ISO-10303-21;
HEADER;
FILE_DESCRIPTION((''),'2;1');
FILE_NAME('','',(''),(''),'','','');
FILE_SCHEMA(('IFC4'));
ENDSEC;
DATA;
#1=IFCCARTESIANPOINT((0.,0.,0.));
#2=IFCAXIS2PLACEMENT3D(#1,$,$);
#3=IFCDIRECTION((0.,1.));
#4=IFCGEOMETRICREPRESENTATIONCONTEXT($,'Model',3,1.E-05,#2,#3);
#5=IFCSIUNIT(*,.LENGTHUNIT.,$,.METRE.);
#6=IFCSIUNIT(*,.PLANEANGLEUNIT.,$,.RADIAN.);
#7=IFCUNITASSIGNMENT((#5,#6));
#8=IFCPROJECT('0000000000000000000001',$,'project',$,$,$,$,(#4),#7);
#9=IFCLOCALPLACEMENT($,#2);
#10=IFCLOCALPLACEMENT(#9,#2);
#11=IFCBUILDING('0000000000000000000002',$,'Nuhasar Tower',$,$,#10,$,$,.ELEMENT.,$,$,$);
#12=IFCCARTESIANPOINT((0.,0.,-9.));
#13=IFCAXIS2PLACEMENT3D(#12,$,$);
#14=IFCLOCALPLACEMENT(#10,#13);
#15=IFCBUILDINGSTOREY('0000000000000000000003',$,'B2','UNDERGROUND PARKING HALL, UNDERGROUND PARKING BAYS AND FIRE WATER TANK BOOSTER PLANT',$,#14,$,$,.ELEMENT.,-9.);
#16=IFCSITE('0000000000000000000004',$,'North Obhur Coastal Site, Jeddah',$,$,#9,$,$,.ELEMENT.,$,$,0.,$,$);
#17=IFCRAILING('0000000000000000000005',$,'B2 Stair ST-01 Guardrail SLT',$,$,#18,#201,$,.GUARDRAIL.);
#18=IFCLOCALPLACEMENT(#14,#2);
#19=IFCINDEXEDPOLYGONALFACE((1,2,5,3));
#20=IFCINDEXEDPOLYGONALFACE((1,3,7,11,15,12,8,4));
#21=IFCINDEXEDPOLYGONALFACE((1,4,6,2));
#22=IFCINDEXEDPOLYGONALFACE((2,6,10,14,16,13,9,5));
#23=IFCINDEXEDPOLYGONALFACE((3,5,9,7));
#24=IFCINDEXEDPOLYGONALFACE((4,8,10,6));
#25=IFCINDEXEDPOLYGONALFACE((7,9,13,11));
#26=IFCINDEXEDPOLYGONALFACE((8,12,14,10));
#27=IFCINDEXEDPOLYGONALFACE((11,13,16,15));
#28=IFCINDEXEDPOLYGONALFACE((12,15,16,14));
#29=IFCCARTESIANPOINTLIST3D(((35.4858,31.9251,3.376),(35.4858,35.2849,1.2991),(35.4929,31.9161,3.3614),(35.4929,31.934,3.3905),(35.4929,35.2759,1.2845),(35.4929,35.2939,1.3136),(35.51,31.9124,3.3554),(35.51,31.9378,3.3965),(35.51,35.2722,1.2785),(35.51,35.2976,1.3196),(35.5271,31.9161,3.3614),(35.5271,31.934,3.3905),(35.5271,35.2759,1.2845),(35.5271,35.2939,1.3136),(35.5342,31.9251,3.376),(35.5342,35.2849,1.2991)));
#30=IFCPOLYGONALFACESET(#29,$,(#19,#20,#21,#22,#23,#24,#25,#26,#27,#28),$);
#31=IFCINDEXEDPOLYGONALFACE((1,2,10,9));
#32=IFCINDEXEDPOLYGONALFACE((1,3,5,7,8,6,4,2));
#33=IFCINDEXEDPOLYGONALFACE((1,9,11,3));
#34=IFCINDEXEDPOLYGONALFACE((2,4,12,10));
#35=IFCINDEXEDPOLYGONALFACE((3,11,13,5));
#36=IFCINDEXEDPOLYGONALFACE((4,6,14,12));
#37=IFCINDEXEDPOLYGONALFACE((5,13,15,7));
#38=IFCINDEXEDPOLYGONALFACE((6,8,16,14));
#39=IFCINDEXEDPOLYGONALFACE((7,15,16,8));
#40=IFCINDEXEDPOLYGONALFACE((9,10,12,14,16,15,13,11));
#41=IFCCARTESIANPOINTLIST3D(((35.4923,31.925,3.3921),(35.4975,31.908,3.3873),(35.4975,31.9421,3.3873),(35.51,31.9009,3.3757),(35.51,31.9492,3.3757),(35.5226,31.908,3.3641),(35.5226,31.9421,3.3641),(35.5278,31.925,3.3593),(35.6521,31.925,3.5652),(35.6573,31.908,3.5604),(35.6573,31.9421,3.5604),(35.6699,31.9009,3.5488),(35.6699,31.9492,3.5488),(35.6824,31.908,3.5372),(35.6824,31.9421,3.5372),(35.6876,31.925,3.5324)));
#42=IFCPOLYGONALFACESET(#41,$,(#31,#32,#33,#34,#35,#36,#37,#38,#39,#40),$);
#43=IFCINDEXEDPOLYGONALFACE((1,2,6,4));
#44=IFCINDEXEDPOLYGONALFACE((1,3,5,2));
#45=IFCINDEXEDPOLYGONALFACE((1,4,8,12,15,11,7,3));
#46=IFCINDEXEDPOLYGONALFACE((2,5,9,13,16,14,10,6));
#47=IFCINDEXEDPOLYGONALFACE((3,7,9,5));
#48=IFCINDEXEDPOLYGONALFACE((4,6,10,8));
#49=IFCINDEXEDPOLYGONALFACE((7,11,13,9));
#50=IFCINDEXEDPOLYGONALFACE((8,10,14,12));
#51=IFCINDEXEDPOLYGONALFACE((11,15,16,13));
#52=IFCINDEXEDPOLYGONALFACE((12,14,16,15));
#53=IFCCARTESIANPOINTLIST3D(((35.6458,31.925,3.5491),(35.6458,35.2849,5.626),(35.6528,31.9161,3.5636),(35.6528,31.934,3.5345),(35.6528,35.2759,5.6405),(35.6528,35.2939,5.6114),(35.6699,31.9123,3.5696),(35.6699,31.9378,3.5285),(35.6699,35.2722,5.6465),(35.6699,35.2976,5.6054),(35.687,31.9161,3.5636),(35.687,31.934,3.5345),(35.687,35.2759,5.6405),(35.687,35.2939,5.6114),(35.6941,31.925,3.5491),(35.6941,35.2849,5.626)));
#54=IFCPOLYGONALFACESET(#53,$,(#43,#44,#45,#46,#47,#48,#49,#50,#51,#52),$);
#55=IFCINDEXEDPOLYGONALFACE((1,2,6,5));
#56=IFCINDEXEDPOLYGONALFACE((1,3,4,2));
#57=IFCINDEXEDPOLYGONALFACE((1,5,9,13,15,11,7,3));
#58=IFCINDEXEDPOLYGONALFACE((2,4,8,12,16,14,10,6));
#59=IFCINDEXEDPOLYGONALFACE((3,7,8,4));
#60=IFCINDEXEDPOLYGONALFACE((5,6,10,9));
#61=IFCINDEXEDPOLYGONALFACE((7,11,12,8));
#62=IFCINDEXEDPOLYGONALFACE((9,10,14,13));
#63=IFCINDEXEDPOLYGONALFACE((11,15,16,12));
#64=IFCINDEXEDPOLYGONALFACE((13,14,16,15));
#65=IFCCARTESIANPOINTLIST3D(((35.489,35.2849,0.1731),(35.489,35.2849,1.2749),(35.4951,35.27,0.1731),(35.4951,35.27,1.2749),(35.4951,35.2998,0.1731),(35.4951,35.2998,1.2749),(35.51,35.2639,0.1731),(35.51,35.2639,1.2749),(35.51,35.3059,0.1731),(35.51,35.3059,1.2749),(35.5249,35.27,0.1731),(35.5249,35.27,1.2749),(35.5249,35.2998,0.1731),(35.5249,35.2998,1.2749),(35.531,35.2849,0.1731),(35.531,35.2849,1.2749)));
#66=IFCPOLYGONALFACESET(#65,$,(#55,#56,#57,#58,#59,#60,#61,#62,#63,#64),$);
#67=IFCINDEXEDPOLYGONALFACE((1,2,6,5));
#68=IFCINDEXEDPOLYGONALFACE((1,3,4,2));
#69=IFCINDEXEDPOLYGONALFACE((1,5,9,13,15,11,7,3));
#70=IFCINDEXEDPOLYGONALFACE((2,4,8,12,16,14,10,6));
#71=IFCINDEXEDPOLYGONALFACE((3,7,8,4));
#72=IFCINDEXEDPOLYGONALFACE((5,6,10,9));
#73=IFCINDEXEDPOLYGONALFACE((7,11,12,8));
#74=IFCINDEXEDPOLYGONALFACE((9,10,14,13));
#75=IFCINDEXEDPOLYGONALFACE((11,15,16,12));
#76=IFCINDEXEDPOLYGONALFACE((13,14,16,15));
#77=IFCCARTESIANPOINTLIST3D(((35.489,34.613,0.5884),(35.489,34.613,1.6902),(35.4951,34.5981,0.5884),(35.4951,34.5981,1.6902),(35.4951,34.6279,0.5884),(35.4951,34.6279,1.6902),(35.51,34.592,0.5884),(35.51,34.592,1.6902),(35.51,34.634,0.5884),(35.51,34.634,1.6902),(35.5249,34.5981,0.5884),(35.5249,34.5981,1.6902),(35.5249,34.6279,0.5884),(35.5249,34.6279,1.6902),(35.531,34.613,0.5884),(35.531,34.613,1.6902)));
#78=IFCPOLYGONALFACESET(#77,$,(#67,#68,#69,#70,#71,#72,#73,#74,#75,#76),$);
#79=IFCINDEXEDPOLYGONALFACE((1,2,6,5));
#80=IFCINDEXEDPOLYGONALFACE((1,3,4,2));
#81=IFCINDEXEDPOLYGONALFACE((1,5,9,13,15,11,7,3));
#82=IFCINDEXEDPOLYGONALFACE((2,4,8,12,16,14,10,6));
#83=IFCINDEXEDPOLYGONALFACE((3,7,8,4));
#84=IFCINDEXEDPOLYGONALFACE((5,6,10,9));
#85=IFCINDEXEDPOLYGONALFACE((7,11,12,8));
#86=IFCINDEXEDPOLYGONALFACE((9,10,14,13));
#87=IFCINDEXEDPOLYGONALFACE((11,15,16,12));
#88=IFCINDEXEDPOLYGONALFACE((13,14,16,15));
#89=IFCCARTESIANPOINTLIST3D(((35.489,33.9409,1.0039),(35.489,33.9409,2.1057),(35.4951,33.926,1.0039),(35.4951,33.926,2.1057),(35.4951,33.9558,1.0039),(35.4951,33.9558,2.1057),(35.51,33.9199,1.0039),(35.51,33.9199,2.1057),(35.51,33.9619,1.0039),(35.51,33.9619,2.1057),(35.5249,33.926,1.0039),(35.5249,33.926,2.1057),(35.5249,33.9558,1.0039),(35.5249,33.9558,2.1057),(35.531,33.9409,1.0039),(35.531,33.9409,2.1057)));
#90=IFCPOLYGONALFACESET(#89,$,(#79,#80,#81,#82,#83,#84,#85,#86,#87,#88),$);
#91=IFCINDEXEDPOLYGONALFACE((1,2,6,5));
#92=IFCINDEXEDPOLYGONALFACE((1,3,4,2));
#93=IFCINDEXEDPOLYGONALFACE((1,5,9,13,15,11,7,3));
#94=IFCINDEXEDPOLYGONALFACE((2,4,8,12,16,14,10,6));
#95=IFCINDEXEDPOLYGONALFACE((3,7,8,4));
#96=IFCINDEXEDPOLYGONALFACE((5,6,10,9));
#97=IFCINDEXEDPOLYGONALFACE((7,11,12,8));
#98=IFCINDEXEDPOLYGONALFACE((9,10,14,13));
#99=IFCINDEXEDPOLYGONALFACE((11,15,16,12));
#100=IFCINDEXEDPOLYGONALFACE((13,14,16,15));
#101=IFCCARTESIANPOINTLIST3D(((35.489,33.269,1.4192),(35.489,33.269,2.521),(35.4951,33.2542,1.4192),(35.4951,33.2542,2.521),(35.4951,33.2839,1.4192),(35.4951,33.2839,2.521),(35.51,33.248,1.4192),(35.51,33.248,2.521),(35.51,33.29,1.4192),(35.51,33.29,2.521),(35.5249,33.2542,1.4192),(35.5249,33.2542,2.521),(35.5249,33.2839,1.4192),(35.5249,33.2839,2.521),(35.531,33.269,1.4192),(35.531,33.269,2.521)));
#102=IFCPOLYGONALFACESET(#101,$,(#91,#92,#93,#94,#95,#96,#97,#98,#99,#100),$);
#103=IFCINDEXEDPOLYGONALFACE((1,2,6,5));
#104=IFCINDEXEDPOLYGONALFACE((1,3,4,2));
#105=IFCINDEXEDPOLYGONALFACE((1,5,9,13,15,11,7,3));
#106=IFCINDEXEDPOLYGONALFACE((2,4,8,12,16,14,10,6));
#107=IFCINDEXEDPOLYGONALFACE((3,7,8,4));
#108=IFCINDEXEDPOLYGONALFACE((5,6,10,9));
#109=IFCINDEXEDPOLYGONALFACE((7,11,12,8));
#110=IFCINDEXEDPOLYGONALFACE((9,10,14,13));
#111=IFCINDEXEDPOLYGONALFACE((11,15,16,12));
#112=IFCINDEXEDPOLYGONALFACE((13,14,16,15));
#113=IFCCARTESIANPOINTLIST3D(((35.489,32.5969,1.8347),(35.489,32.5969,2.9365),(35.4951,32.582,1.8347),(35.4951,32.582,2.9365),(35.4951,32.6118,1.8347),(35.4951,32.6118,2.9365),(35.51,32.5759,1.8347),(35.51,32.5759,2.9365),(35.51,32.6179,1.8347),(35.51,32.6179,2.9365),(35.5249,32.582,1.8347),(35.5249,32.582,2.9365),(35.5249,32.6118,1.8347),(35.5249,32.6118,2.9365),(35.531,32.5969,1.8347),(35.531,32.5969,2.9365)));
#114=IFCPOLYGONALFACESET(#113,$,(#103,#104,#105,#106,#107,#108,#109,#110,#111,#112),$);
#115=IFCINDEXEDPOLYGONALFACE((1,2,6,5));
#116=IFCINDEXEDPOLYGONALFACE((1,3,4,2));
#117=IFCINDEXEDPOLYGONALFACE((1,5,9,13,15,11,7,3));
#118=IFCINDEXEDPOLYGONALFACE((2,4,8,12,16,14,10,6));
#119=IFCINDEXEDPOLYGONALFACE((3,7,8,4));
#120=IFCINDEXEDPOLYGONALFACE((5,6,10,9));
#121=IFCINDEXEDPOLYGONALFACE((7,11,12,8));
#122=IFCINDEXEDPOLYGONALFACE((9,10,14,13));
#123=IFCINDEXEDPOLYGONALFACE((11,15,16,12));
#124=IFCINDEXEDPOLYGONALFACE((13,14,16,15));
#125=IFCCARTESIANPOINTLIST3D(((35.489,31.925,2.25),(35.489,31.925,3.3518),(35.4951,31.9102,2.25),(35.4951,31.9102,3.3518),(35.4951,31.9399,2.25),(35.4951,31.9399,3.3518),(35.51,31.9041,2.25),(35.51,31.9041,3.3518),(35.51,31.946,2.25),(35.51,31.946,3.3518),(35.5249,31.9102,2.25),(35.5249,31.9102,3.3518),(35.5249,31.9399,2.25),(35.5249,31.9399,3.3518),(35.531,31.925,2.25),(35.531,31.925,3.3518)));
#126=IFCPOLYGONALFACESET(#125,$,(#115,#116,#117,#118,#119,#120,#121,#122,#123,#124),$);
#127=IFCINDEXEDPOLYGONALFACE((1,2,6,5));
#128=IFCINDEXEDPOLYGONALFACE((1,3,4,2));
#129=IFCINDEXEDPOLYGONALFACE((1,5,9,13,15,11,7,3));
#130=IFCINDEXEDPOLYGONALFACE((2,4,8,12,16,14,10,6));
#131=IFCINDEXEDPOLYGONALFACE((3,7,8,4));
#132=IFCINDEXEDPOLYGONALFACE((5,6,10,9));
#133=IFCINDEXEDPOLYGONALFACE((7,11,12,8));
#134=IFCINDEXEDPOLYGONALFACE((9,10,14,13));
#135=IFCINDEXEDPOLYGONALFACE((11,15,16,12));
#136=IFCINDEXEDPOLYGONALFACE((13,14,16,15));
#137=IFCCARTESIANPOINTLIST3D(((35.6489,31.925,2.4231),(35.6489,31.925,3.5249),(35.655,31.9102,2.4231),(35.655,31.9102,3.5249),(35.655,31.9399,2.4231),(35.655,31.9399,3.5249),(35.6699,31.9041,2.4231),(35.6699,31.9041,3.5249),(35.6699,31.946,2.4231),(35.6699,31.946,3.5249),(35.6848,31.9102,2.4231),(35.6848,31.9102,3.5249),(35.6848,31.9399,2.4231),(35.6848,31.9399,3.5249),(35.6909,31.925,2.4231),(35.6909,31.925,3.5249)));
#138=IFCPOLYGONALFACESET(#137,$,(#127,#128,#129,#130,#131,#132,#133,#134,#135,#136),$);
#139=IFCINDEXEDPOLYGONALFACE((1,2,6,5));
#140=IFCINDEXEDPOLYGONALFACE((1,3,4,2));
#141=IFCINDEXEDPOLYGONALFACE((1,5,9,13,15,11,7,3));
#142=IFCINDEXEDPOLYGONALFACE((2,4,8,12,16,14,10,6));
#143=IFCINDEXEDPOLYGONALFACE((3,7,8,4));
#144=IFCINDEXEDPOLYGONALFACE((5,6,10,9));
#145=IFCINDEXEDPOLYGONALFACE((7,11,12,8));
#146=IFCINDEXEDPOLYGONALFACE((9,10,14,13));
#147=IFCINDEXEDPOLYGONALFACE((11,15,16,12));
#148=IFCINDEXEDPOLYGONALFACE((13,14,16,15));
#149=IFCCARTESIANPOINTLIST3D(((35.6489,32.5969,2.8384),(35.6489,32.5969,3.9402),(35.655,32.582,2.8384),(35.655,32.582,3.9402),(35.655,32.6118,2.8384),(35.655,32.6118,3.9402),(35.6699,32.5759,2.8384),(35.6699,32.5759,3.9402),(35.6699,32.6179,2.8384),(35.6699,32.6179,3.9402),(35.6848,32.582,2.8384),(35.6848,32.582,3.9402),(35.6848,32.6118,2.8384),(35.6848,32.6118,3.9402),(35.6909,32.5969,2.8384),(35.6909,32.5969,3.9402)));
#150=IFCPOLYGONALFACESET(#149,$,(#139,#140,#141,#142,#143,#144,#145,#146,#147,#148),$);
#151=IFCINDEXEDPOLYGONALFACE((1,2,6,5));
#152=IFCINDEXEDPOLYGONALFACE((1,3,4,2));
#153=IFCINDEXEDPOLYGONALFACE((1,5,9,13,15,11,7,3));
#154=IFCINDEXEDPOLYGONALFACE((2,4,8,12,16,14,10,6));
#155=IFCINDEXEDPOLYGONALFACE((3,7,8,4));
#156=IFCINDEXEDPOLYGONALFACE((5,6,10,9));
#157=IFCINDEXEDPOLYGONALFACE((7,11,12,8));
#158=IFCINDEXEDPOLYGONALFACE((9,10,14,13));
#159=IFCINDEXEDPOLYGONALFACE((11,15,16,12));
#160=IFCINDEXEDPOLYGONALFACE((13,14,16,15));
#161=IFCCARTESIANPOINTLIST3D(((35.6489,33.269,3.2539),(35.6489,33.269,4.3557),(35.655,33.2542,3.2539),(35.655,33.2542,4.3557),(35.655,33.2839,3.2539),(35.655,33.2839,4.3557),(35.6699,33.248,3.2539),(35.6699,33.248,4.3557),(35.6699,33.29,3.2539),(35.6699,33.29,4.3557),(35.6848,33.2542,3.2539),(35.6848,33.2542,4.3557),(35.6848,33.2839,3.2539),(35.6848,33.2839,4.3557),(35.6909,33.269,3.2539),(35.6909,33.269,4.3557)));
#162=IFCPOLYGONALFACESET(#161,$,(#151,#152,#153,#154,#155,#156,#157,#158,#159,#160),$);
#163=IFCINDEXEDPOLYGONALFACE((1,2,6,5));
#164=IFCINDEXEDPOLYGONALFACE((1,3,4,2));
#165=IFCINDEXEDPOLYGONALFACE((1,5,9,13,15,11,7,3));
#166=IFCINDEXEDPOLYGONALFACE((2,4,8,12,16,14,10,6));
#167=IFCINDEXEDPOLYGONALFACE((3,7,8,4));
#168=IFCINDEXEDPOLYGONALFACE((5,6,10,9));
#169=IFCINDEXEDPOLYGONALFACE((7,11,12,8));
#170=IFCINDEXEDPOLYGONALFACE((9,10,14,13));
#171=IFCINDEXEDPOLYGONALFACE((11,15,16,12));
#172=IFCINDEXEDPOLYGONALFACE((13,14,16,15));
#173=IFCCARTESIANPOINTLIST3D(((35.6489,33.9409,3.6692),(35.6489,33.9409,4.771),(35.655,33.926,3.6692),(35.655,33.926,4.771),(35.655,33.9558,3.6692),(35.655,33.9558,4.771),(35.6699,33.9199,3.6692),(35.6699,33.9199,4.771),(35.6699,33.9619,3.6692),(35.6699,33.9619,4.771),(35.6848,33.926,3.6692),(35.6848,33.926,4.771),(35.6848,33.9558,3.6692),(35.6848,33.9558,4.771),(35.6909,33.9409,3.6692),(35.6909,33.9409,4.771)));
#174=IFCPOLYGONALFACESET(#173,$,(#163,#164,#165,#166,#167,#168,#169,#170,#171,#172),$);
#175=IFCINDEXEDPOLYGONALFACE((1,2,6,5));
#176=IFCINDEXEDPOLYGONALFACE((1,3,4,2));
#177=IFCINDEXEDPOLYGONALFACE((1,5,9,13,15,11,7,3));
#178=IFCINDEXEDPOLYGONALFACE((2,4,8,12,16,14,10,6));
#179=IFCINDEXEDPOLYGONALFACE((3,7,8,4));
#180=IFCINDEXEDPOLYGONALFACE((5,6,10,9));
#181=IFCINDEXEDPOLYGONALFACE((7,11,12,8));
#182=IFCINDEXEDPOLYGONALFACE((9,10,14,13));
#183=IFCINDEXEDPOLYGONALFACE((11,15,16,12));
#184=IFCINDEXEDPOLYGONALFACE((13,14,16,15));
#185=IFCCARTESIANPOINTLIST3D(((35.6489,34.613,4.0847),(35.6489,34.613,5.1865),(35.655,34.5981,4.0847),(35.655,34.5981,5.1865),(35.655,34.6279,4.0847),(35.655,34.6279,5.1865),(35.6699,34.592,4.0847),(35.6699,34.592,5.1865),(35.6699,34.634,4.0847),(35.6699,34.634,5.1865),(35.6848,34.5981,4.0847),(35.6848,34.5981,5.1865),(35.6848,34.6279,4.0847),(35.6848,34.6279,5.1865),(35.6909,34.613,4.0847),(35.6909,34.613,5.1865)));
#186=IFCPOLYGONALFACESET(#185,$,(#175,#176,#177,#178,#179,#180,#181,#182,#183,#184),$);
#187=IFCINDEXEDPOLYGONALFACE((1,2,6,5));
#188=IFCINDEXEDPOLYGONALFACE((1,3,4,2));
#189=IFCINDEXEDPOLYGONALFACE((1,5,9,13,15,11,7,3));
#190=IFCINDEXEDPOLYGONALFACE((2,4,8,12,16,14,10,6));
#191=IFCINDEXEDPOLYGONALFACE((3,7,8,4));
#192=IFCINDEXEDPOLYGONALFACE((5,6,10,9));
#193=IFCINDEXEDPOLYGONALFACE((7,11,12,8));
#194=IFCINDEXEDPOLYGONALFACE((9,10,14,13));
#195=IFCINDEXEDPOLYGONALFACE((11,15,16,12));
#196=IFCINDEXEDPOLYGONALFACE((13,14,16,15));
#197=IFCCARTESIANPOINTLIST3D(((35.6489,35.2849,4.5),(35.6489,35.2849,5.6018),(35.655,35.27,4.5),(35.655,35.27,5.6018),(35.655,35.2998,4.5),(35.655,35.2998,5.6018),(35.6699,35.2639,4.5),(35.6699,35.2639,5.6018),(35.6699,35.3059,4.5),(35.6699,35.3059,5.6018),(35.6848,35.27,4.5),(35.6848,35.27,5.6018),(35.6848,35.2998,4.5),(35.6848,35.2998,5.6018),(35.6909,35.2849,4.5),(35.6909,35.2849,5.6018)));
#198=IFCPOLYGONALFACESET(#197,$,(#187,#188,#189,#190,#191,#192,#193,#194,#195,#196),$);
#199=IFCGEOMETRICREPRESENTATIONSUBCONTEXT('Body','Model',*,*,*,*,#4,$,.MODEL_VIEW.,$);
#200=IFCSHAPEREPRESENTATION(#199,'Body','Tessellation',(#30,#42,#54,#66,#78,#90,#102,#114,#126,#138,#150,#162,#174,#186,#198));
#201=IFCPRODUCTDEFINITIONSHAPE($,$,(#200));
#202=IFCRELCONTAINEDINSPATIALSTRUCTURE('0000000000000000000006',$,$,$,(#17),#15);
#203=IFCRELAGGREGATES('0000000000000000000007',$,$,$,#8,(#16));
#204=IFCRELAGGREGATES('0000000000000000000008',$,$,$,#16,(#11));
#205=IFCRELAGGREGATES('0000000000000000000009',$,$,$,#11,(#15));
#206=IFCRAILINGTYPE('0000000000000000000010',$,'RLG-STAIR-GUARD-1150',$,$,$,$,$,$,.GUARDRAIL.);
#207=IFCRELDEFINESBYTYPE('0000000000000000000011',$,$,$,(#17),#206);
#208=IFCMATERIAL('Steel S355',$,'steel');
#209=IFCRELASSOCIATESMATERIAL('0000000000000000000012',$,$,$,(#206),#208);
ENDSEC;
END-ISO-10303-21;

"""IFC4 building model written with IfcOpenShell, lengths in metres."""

from ifc_helpers import new_model, si_unit, direction, frame, origin, place, context, subcontext, project, spatial, polyline, outline, extrude, material, type_object, element, save


model = new_model("IFC4")

# Units and contexts
model_context = context("Model", 3, precision=1e-05, world=origin(), true_north=direction((0.0, 1.0)))
body_context = subcontext(model_context, "Body", "Model", "MODEL_VIEW")
ifc_project = project(units=[si_unit("LENGTHUNIT", "METRE"), si_unit("PLANEANGLEUNIT", "RADIAN")], contexts=[model_context])

# Site, building, storey
site_placement = place(None, origin())
site = spatial("IfcSite", under=ifc_project, at=site_placement, Name="North Obhur Coastal Site, Jeddah", CompositionType="ELEMENT", RefElevation=0.0)
building_placement = place(site_placement, origin())
building = spatial("IfcBuilding", under=site, at=building_placement, Name="Nuhasar Tower", CompositionType="ELEMENT")
storey_placement = place(building_placement, frame((0.0, 0.0, -9.0)))
storey = spatial("IfcBuildingStorey", under=building, at=storey_placement, Name="B2", Description="UNDERGROUND PARKING HALL, UNDERGROUND PARKING BAYS AND FIRE WATER TANK BOOSTER PLANT", CompositionType="ELEMENT", Elevation=-9.0)

# Shared definitions
ifc_material_1 = material(Name="Steel S355", Category="steel")

# Railing
railing_type_1 = type_object("IfcRailingType", Name="RLG-STAIR-GUARD-1150", PredefinedType="GUARDRAIL", material=ifc_material_1)
railing_1_placement = place(storey_placement, frame((35.51, 35.2849, 0.1731)))
element("IfcRailing", 1, at=railing_1_placement, inside=storey, type_object=railing_type_1, Name="B2 Stair ST-01 Guardrail SLT", PredefinedType="GUARDRAIL", context=body_context, shape_type="SweptSolid", body=[
    extrude(outline(polyline([(0.0242, 0.0), (0.0171, 0.0171), (0.0, 0.0242), (-0.0171, 0.0171), (-0.0242, 0.0), (-0.0171, -0.0171), (0.0, -0.0242), (0.0171, -0.0171), (0.0242, 0.0)])), frame((0.0, 0.0, 1.126), z_axis=(0.0, -0.850606, 0.525803), x_axis=(1.0, 0.0, 0.0)), (0.0, 0.0, 1.0), 3.95),
    extrude(outline(polyline([(0.0242, 0.0), (0.0171, 0.0171), (0.0, 0.0242), (-0.0171, 0.0171), (-0.0242, 0.0), (-0.0171, -0.0171), (0.0, -0.0242), (0.0171, -0.0171), (0.0242, 0.0)])), frame((0.0, -3.3599, 3.2026), z_axis=(0.678581, 0.0, 0.734525), x_axis=(0.0, 1.0, 0.0)), (0.0, 0.0, 1.0), 0.2356),
    extrude(outline(polyline([(0.0242, 0.0), (0.0171, 0.0171), (0.0, 0.0242), (-0.0171, 0.0171), (-0.0242, 0.0), (-0.0171, -0.0171), (0.0, -0.0242), (0.0171, -0.0171), (0.0242, 0.0)])), frame((0.1599, -3.3599, 3.376), z_axis=(0.0, 0.850606, 0.525803), x_axis=(-1.0, 0.0, 0.0)), (0.0, 0.0, 1.0), 3.95),
    extrude(outline(polyline([(0.021, 0.0), (0.0149, 0.0149), (0.0, 0.021), (-0.0149, 0.0149), (-0.021, 0.0), (-0.0149, -0.0149), (0.0, -0.021), (0.0149, -0.0149), (0.021, 0.0)])), origin(), (0.0, 0.0, 1.0), 1.1018),
    extrude(outline(polyline([(0.021, 0.0), (0.0149, 0.0149), (0.0, 0.021), (-0.0149, 0.0149), (-0.021, 0.0), (-0.0149, -0.0149), (0.0, -0.021), (0.0149, -0.0149), (0.021, 0.0)])), frame((0.0, -0.6719, 0.4153)), (0.0, 0.0, 1.0), 1.1018),
    extrude(outline(polyline([(0.021, 0.0), (0.0149, 0.0149), (0.0, 0.021), (-0.0149, 0.0149), (-0.021, 0.0), (-0.0149, -0.0149), (0.0, -0.021), (0.0149, -0.0149), (0.021, 0.0)])), frame((0.0, -1.344, 0.8308)), (0.0, 0.0, 1.0), 1.1018),
    extrude(outline(polyline([(0.021, 0.0), (0.0149, 0.0149), (0.0, 0.021), (-0.0149, 0.0149), (-0.021, 0.0), (-0.0149, -0.0149), (0.0, -0.021), (0.0149, -0.0149), (0.021, 0.0)])), frame((0.0, -2.0159, 1.2461)), (0.0, 0.0, 1.0), 1.1018),
    extrude(outline(polyline([(0.021, 0.0), (0.0149, 0.0149), (0.0, 0.021), (-0.0149, 0.0149), (-0.021, 0.0), (-0.0149, -0.0149), (0.0, -0.021), (0.0149, -0.0149), (0.021, 0.0)])), frame((0.0, -2.688, 1.6616)), (0.0, 0.0, 1.0), 1.1018),
    extrude(outline(polyline([(0.021, 0.0), (0.0149, 0.0149), (0.0, 0.021), (-0.0149, 0.0149), (-0.021, 0.0), (-0.0149, -0.0149), (0.0, -0.021), (0.0149, -0.0149), (0.021, 0.0)])), frame((0.0, -3.3599, 2.0769)), (0.0, 0.0, 1.0), 1.1018),
    extrude(outline(polyline([(0.021, 0.0), (0.0149, 0.0149), (0.0, 0.021), (-0.0149, 0.0149), (-0.021, 0.0), (-0.0149, -0.0149), (0.0, -0.021), (0.0149, -0.0149), (0.021, 0.0)])), frame((0.1599, -3.3599, 2.25)), (0.0, 0.0, 1.0), 1.1018),
    extrude(outline(polyline([(0.021, 0.0), (0.0149, 0.0149), (0.0, 0.021), (-0.0149, 0.0149), (-0.021, 0.0), (-0.0149, -0.0149), (0.0, -0.021), (0.0149, -0.0149), (0.021, 0.0)])), frame((0.1599, -2.688, 2.6653)), (0.0, 0.0, 1.0), 1.1018),
    extrude(outline(polyline([(0.021, 0.0), (0.0149, 0.0149), (0.0, 0.021), (-0.0149, 0.0149), (-0.021, 0.0), (-0.0149, -0.0149), (0.0, -0.021), (0.0149, -0.0149), (0.021, 0.0)])), frame((0.1599, -2.0159, 3.0808)), (0.0, 0.0, 1.0), 1.1018),
    extrude(outline(polyline([(0.021, 0.0), (0.0149, 0.0149), (0.0, 0.021), (-0.0149, 0.0149), (-0.021, 0.0), (-0.0149, -0.0149), (0.0, -0.021), (0.0149, -0.0149), (0.021, 0.0)])), frame((0.1599, -1.344, 3.4961)), (0.0, 0.0, 1.0), 1.1018),
    extrude(outline(polyline([(0.021, 0.0), (0.0149, 0.0149), (0.0, 0.021), (-0.0149, 0.0149), (-0.021, 0.0), (-0.0149, -0.0149), (0.0, -0.021), (0.0149, -0.0149), (0.021, 0.0)])), frame((0.1599, -0.6719, 3.9116)), (0.0, 0.0, 1.0), 1.1018),
    extrude(outline(polyline([(0.021, 0.0), (0.0149, 0.0149), (0.0, 0.021), (-0.0149, 0.0149), (-0.021, 0.0), (-0.0149, -0.0149), (0.0, -0.021), (0.0149, -0.0149), (0.021, 0.0)])), frame((0.1599, 0.0, 4.3269)), (0.0, 0.0, 1.0), 1.1018),
])

save(model, "model.ifc")
